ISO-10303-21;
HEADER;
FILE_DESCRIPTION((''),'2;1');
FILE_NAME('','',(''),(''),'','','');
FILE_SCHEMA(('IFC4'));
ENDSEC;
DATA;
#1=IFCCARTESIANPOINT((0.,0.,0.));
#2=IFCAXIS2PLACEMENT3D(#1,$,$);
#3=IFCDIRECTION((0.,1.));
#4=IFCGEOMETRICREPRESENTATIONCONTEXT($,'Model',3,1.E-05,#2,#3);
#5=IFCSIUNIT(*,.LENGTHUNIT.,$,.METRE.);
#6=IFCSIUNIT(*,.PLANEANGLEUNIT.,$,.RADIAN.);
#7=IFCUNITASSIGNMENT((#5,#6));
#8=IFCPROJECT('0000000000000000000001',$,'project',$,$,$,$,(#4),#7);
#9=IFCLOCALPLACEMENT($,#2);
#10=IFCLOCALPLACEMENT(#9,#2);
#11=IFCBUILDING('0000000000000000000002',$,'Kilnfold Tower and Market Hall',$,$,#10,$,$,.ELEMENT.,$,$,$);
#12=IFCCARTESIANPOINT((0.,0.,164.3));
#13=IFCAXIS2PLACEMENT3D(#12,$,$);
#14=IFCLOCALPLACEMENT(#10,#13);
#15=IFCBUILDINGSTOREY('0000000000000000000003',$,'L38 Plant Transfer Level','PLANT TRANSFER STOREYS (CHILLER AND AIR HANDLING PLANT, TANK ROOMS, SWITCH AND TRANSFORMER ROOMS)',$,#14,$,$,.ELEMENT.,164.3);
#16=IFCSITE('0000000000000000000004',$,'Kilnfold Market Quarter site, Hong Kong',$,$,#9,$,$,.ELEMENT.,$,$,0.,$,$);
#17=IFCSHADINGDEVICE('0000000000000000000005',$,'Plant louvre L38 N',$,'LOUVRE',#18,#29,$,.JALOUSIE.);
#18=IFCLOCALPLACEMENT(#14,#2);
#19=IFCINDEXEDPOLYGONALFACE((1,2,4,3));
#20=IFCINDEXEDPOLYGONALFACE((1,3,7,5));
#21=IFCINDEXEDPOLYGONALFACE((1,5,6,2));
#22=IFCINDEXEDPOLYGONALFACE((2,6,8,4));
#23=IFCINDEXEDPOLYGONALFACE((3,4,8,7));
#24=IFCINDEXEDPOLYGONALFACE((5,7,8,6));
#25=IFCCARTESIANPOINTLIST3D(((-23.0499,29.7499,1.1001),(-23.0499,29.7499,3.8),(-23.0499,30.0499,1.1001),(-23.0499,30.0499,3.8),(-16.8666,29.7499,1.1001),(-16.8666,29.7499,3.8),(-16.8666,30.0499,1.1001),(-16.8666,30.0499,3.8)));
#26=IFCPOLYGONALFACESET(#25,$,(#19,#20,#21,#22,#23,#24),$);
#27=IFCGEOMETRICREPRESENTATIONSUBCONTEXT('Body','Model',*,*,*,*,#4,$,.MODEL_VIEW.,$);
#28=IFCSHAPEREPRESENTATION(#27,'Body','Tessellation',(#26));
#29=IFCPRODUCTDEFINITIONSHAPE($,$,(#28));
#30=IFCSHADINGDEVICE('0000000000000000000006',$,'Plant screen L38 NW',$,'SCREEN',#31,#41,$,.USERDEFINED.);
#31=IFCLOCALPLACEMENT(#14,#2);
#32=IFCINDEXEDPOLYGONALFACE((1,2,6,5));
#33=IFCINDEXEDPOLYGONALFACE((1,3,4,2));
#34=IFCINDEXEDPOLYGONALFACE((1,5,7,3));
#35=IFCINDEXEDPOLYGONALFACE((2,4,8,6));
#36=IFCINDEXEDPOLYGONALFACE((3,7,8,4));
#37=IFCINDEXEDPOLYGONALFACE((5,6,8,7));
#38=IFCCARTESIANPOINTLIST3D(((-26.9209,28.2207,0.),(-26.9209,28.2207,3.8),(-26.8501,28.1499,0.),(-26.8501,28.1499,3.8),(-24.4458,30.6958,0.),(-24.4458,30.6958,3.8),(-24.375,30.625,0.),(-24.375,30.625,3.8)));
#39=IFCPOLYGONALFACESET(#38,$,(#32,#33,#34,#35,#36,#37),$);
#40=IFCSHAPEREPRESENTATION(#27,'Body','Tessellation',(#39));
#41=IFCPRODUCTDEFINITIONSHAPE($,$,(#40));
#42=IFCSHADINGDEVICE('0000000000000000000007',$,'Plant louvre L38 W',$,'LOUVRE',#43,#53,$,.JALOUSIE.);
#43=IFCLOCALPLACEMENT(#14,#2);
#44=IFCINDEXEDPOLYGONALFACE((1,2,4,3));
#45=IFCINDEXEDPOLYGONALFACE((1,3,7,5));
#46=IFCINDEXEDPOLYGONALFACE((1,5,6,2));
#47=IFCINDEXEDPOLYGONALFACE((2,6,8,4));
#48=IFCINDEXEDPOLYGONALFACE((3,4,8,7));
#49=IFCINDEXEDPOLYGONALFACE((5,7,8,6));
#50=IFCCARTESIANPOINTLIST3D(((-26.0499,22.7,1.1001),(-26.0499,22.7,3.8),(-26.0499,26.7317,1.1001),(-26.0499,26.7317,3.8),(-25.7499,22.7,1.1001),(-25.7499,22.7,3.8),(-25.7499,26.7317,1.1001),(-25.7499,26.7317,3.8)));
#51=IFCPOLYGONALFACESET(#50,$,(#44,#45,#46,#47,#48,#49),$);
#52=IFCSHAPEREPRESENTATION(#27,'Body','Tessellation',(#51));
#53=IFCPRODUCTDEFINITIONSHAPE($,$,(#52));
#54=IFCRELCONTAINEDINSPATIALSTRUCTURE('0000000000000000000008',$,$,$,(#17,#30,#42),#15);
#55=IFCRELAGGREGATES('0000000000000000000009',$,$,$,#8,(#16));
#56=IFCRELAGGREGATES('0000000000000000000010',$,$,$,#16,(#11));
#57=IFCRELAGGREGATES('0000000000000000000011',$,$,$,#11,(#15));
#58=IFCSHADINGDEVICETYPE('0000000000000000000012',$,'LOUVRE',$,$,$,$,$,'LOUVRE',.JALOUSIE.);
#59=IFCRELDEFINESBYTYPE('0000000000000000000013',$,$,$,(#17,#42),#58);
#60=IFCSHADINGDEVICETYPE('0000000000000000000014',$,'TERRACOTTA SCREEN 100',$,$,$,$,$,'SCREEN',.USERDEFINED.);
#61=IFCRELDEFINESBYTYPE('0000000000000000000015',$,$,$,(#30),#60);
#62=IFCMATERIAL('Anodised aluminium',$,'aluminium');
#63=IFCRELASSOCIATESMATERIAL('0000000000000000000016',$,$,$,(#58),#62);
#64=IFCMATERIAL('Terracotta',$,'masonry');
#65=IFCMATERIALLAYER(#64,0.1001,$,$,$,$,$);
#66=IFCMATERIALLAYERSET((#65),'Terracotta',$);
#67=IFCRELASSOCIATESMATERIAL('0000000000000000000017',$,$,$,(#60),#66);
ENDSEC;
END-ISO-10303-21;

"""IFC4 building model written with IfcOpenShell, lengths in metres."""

from ifc_helpers import new_model, si_unit, direction, frame, origin, origin_2d, place, context, subcontext, project, spatial, rectangle, extrude, source, transform, mapped, material, layer, layer_set, type_object, element, save


model = new_model("IFC4")

# Units and contexts
model_context = context("Model", 3, precision=1e-05, world=origin(), true_north=direction((0.0, 1.0)))
body_context = subcontext(model_context, "Body", "Model", "MODEL_VIEW")
ifc_project = project(units=[si_unit("LENGTHUNIT", "METRE"), si_unit("PLANEANGLEUNIT", "RADIAN")], contexts=[model_context])

# Site, building, storey
site_placement = place(None, origin())
site = spatial("IfcSite", under=ifc_project, at=site_placement, Name="Kilnfold Market Quarter site, Hong Kong", CompositionType="ELEMENT", RefElevation=0.0)
building_placement = place(site_placement, origin())
building = spatial("IfcBuilding", under=site, at=building_placement, Name="Kilnfold Tower and Market Hall", CompositionType="ELEMENT")
storey_placement = place(building_placement, frame((0.0, 0.0, 164.3)))
storey = spatial("IfcBuildingStorey", under=building, at=storey_placement, Name="L38 Plant Transfer Level", Description="PLANT TRANSFER STOREYS (CHILLER AND AIR HANDLING PLANT, TANK ROOMS, SWITCH AND TRANSFORMER ROOMS)", CompositionType="ELEMENT", Elevation=164.3)

# Shading devices
ifc_material_1 = material(Name="Anodised aluminium", Category="aluminium")
shading_device_type_1 = type_object("IfcShadingDeviceType", Name="LOUVRE", ElementType="LOUVRE", PredefinedType="JALOUSIE", material=ifc_material_1)
shared_shape_1 = source(origin(), body_context, "Body", "SweptSolid", [
    extrude(rectangle(XDim=6.1833, YDim=0.3, at=origin_2d()), origin(), (0.0, 0.0, 1.0), 2.7),
])
for number, where, z_axis, x_axis, name in (
    (1, (-19.9583, 29.8999, 1.1001), (0.0, 0.0, 1.0), (-1.0, 0.0, 0.0), "Plant louvre L38 N"),
):
    element("IfcShadingDevice", number, at=place(storey_placement, frame(where, z_axis=z_axis, x_axis=x_axis)), inside=storey, type_object=shading_device_type_1, Name=name, ObjectType="LOUVRE", PredefinedType="JALOUSIE", context=body_context, shape_type="MappedRepresentation", body=[
        mapped(shared_shape_1, transform((0.0, 0.0, 0.0))),
    ])
ifc_material_2 = material(Name="Terracotta", Category="masonry")
ifc_layer_1 = layer(ifc_material_2, 0.1001)
ifc_layer_set_1 = layer_set([ifc_layer_1], Name="Terracotta")
shading_device_type_2 = type_object("IfcShadingDeviceType", Name="TERRACOTTA SCREEN 100", ElementType="SCREEN", PredefinedType="USERDEFINED", material=ifc_layer_set_1)
shared_shape_2 = source(origin(), body_context, "Body", "SweptSolid", [
    extrude(rectangle(XDim=3.5002, YDim=0.1001, at=origin_2d()), origin(), (0.0, 0.0, 1.0), 3.8),
])
shading_device_1_placement = place(storey_placement, frame((-25.6479, 29.4229, 0.0), z_axis=(0.0, 0.0, 1.0), x_axis=(-0.707107, -0.707107, 0.0)))
element("IfcShadingDevice", 2, at=shading_device_1_placement, inside=storey, type_object=shading_device_type_2, Name="Plant screen L38 NW", ObjectType="SCREEN", PredefinedType="USERDEFINED", context=body_context, shape_type="MappedRepresentation", body=[
    mapped(shared_shape_2, transform((0.0, 0.0, 0.0))),
])
shared_shape_3 = source(origin(), body_context, "Body", "SweptSolid", [
    extrude(rectangle(XDim=4.0317, YDim=0.3, at=origin_2d()), origin(), (0.0, 0.0, 1.0), 2.7),
])
shading_device_2_placement = place(storey_placement, frame((-25.8999, 24.7158, 1.1001), z_axis=(0.0, 0.0, 1.0), x_axis=(0.0, -1.0, 0.0)))
element("IfcShadingDevice", 3, at=shading_device_2_placement, inside=storey, type_object=shading_device_type_1, Name="Plant louvre L38 W", ObjectType="LOUVRE", PredefinedType="JALOUSIE", context=body_context, shape_type="MappedRepresentation", body=[
    mapped(shared_shape_3, transform((0.0, 0.0, 0.0))),
])

save(model, "model.ifc")
